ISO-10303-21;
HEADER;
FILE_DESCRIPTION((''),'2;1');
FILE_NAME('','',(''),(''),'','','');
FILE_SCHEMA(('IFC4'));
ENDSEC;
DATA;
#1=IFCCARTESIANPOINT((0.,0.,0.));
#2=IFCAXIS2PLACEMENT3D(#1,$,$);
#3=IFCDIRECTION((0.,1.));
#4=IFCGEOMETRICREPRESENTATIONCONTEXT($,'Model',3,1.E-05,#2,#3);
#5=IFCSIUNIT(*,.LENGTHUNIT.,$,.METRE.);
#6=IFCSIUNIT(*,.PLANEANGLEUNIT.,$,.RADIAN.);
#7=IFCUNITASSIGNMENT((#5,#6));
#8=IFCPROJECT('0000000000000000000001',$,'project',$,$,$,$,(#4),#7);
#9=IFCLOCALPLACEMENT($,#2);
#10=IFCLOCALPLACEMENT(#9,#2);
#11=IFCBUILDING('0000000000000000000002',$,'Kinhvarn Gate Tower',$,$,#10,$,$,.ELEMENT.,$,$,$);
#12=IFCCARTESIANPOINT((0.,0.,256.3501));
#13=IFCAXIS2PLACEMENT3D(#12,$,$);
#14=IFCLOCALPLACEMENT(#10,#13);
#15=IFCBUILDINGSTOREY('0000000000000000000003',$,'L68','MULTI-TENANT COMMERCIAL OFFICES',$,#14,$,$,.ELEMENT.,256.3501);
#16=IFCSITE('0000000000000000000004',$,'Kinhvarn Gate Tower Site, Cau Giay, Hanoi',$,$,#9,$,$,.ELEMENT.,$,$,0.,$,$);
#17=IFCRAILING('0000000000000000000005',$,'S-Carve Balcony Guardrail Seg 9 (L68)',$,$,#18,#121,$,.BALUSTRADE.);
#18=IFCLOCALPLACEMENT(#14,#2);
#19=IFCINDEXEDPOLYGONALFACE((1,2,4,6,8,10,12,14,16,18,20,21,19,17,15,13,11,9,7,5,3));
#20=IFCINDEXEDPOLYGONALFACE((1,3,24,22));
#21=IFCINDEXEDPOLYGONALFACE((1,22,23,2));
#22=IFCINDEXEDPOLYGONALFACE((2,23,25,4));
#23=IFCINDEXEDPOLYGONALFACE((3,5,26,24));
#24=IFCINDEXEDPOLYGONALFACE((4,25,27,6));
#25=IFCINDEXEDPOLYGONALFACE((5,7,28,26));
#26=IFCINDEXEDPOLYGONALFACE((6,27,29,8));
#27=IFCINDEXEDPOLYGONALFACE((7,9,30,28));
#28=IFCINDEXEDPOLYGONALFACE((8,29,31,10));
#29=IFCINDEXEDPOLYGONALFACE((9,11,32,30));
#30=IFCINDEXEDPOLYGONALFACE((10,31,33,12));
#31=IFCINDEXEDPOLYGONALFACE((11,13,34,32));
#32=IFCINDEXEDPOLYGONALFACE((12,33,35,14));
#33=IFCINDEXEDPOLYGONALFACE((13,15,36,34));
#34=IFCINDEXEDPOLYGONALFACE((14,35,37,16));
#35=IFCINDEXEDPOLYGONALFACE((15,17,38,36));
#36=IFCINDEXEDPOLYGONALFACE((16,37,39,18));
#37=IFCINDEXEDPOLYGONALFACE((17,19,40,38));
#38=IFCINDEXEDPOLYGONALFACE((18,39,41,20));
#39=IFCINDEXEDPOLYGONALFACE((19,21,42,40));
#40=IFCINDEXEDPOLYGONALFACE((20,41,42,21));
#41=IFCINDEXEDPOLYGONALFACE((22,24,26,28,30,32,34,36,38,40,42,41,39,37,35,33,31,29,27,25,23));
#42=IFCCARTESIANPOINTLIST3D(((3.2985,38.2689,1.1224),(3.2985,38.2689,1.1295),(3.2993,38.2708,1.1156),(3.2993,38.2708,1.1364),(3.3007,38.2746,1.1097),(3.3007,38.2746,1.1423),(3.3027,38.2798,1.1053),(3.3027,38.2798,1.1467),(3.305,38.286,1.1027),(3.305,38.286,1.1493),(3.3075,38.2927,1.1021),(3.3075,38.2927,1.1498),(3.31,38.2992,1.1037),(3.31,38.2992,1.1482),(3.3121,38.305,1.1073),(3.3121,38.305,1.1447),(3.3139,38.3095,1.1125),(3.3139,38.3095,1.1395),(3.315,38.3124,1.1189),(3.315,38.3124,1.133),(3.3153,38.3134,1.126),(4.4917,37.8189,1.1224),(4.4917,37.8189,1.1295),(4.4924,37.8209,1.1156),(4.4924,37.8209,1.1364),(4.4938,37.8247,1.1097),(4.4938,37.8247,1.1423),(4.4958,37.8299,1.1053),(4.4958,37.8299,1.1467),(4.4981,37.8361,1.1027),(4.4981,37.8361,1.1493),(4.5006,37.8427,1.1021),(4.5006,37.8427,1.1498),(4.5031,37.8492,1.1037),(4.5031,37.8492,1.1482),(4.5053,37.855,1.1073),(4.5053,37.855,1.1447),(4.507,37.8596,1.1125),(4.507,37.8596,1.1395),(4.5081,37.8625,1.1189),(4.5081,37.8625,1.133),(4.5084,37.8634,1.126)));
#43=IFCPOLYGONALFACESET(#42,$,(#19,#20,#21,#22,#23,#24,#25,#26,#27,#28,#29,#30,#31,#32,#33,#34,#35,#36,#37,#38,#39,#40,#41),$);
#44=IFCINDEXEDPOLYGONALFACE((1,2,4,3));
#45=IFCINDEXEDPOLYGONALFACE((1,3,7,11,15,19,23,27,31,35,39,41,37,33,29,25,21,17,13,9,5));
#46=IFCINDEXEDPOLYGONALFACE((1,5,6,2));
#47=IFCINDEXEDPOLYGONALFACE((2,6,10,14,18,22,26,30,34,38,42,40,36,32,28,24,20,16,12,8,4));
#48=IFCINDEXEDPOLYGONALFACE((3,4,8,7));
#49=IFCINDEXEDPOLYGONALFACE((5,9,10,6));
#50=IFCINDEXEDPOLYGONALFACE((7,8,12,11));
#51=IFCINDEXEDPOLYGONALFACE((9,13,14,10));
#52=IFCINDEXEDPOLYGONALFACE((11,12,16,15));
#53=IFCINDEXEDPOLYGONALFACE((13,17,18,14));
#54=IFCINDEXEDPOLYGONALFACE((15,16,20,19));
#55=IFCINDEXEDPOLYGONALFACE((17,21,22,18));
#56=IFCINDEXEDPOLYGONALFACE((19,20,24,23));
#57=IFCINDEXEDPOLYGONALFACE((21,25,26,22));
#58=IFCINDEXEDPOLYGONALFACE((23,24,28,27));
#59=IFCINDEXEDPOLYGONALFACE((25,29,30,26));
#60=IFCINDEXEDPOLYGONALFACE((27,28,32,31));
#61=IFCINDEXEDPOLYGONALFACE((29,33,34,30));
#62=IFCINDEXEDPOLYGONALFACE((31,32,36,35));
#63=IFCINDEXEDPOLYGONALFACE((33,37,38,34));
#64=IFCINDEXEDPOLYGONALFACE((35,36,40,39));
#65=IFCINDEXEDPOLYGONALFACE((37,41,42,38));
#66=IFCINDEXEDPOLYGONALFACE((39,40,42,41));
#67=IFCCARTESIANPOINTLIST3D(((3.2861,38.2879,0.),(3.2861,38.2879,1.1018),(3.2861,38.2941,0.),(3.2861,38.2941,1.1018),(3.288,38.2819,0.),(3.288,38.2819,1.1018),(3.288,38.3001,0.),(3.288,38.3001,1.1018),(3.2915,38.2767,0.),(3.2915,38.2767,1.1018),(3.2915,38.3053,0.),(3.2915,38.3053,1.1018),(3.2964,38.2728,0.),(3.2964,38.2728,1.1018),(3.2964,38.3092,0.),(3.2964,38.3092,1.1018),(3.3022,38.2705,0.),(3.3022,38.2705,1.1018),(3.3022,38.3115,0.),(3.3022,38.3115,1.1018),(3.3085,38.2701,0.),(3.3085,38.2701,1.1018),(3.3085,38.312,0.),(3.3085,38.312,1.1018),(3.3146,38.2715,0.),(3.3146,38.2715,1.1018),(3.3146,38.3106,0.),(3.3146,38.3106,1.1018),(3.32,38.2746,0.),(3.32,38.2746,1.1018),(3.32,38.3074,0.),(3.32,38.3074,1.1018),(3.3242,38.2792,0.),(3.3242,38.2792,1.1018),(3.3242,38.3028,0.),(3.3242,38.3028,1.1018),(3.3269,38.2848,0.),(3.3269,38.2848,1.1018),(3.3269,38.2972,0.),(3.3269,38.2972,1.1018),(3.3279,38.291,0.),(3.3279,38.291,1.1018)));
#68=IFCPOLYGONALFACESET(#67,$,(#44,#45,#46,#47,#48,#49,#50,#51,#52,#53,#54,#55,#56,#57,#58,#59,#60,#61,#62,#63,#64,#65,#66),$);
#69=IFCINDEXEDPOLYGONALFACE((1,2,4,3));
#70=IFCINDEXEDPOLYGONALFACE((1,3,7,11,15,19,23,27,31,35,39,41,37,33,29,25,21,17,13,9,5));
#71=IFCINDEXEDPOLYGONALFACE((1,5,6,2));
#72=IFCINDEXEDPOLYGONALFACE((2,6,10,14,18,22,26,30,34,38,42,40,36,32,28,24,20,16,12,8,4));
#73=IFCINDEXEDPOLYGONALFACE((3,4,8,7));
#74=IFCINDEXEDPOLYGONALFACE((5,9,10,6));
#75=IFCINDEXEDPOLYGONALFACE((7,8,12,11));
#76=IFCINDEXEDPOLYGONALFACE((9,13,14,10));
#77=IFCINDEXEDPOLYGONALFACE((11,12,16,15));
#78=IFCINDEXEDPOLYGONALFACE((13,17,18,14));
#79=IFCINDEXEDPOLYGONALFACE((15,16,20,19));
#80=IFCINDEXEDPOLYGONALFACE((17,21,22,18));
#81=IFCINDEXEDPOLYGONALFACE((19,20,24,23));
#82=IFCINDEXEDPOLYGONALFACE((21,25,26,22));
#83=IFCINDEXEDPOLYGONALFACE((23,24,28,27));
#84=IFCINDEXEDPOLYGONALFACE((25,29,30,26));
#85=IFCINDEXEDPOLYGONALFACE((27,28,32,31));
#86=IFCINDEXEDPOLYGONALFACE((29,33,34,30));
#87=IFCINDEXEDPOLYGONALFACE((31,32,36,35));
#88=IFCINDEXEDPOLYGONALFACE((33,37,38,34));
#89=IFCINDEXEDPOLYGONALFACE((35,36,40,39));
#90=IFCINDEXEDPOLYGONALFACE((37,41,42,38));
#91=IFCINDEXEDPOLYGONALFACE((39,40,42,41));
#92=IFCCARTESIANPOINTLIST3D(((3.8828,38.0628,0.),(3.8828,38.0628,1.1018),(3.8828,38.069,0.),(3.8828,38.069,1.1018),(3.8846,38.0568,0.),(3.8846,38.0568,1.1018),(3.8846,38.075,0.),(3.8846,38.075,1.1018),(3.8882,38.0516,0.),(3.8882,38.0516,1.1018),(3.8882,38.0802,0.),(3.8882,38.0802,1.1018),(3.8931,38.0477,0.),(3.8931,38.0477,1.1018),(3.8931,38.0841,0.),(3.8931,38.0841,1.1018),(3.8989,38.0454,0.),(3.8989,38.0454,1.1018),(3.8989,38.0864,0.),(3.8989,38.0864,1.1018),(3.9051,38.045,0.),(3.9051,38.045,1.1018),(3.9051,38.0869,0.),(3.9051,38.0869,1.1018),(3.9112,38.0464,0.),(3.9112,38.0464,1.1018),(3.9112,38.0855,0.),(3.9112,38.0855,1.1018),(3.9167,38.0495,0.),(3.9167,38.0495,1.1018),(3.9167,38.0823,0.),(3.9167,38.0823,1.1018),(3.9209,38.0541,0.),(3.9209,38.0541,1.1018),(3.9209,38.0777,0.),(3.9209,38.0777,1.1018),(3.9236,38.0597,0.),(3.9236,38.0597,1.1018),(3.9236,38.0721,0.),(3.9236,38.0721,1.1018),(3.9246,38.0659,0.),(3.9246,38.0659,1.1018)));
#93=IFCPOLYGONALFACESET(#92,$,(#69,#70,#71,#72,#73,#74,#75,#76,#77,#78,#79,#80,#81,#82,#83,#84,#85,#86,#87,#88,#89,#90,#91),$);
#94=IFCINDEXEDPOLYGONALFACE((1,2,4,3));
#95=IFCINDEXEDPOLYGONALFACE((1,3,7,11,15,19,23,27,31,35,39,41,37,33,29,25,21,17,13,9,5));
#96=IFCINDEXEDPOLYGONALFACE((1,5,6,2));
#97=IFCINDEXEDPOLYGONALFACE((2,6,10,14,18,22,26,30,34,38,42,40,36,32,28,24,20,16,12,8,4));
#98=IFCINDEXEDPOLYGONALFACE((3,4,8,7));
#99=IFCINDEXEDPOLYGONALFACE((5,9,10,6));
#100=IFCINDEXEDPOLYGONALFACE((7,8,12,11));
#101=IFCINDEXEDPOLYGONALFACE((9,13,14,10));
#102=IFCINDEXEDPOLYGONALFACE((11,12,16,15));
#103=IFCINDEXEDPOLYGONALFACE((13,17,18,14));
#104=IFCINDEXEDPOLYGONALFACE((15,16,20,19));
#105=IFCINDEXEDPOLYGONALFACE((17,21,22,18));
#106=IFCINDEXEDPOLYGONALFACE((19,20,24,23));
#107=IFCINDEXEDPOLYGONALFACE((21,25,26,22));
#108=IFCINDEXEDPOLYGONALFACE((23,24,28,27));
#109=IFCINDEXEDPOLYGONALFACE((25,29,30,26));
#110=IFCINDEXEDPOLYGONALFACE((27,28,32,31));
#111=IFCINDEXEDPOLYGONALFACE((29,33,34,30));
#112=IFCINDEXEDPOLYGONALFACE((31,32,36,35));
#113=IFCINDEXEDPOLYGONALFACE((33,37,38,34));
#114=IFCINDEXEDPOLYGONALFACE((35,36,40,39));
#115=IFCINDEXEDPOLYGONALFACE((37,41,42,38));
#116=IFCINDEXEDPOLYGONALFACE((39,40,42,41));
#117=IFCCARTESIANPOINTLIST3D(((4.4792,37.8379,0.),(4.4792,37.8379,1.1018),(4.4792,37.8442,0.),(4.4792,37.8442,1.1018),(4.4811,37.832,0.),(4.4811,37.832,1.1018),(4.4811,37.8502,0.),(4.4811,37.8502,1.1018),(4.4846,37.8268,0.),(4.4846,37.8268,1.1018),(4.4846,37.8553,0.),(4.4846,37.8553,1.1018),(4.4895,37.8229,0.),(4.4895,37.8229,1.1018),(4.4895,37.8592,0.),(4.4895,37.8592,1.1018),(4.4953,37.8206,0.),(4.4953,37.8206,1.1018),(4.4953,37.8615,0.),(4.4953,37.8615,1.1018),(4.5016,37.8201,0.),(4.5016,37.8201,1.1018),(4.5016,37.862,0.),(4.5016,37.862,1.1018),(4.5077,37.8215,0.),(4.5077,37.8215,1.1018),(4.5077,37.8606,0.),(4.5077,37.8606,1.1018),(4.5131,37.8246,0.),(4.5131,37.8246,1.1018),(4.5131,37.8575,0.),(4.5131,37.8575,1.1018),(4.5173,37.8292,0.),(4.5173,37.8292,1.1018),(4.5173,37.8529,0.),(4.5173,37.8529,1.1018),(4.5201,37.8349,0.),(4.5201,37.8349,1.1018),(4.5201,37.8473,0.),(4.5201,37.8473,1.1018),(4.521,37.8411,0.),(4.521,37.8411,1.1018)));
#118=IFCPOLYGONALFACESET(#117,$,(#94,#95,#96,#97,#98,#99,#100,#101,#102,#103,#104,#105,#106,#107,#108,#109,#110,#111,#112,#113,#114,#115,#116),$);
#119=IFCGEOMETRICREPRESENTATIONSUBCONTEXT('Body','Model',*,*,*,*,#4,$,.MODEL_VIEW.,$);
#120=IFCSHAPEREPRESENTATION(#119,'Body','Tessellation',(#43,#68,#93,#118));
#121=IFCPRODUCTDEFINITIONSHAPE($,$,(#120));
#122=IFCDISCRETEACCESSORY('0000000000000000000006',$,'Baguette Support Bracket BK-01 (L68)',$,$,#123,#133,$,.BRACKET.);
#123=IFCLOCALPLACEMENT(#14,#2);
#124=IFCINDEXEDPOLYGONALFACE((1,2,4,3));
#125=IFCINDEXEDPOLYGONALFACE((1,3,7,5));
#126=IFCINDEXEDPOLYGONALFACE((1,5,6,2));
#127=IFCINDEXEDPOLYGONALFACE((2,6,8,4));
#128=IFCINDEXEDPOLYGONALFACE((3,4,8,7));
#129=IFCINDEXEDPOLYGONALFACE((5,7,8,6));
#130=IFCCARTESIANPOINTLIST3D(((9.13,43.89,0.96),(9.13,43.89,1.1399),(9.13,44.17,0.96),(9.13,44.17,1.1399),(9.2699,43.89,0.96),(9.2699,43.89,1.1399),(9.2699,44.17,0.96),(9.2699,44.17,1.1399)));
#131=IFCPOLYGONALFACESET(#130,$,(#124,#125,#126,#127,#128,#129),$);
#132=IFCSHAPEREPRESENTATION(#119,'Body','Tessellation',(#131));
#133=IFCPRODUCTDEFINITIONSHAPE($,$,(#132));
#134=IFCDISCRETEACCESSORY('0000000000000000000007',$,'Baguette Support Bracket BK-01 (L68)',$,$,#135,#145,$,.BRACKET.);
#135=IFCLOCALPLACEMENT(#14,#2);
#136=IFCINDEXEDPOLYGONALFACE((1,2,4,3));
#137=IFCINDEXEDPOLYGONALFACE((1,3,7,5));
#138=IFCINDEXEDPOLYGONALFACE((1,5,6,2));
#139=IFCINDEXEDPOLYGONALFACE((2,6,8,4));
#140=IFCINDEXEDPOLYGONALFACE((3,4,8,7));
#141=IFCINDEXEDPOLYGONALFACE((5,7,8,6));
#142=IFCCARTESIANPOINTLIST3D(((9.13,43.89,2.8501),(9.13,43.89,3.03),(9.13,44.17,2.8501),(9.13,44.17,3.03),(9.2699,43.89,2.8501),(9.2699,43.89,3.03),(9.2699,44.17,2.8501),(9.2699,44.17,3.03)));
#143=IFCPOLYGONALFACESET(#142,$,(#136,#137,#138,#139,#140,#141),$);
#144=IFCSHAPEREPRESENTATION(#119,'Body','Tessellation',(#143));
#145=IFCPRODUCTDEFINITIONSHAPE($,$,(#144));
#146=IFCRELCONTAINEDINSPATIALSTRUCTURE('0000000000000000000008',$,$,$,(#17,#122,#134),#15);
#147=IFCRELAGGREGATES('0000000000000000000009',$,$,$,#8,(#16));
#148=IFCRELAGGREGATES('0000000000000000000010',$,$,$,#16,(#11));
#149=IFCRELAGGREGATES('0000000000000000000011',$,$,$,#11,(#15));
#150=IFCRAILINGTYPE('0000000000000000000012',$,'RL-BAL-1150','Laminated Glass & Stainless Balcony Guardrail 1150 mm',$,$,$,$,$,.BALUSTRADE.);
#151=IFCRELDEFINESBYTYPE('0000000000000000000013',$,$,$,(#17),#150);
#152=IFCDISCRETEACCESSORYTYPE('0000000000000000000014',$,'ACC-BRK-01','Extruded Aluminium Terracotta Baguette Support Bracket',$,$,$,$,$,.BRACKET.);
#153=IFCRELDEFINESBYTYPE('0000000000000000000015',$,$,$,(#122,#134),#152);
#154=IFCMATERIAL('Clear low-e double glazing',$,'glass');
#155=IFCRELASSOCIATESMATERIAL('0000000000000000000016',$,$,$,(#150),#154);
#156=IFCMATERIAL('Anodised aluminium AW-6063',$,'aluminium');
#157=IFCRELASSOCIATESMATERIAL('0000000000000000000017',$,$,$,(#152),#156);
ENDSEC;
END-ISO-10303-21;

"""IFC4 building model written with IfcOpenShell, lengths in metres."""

from ifc_helpers import new_model, si_unit, direction, frame, origin, origin_2d, place, context, subcontext, project, spatial, rectangle, circle, extrude, material, type_object, element, save


model = new_model("IFC4")

# Units and contexts
model_context = context("Model", 3, precision=1e-05, world=origin(), true_north=direction((0.0, 1.0)))
body_context = subcontext(model_context, "Body", "Model", "MODEL_VIEW")
ifc_project = project(units=[si_unit("LENGTHUNIT", "METRE"), si_unit("PLANEANGLEUNIT", "RADIAN")], contexts=[model_context])

# Site, building, storey
site_placement = place(None, origin())
site = spatial("IfcSite", under=ifc_project, at=site_placement, Name="Kinhvarn Gate Tower Site, Cau Giay, Hanoi", CompositionType="ELEMENT", RefElevation=0.0)
building_placement = place(site_placement, origin())
building = spatial("IfcBuilding", under=site, at=building_placement, Name="Kinhvarn Gate Tower", CompositionType="ELEMENT")
storey_placement = place(building_placement, frame((0.0, 0.0, 256.3501)))
storey = spatial("IfcBuildingStorey", under=building, at=storey_placement, Name="L68", Description="MULTI-TENANT COMMERCIAL OFFICES", CompositionType="ELEMENT", Elevation=256.3501)

# Shared definitions
ifc_material_1 = material(Name="Anodised aluminium AW-6063", Category="aluminium")

# Shared definitions
ifc_material_2 = material(Name="Clear low-e double glazing", Category="glass")

# Railing
railing_type = type_object("IfcRailingType", Name="RL-BAL-1150", Description="Laminated Glass & Stainless Balcony Guardrail 1150 mm", PredefinedType="BALUSTRADE", material=ifc_material_2)
railing_1_placement = place(storey_placement, frame((3.3069, 38.291, 0.0)))
element("IfcRailing", 1, at=railing_1_placement, inside=storey, type_object=railing_type, Name="S-Carve Balcony Guardrail Seg 9 (L68)", PredefinedType="BALUSTRADE", context=body_context, shape_type="SweptSolid", body=[
    extrude(circle(Radius=0.0239, at=origin_2d()), frame((0.0, 0.0, 1.126), z_axis=(0.935674, -0.352864, 0.0), x_axis=(0.352864, 0.935674, 0.0)), (0.0, 0.0, 1.0), 1.2751),
    extrude(circle(Radius=0.021, at=origin_2d()), origin(), (0.0, 0.0, 1.0), 1.1018),
    extrude(circle(Radius=0.021, at=origin_2d()), frame((0.5967, -0.2251, 0.0)), (0.0, 0.0, 1.0), 1.1018),
    extrude(circle(Radius=0.021, at=origin_2d()), frame((1.1931, -0.45, 0.0)), (0.0, 0.0, 1.0), 1.1018),
])

# Discrete accessories
discrete_accessory_type = type_object("IfcDiscreteAccessoryType", Name="ACC-BRK-01", Description="Extruded Aluminium Terracotta Baguette Support Bracket", PredefinedType="BRACKET", material=ifc_material_1)
for number, where, z_axis, x_axis, name in (
    (2, (9.2, 44.03, 0.96), (0.0, 0.0, 1.0), (-1.0, 0.0, 0.0), "Baguette Support Bracket BK-01 (L68)"),
    (3, (9.2, 44.03, 2.8501), (0.0, 0.0, 1.0), (-1.0, 0.0, 0.0), "Baguette Support Bracket BK-01 (L68)"),
):
    element("IfcDiscreteAccessory", number, at=place(storey_placement, frame(where, z_axis=z_axis, x_axis=x_axis)), inside=storey, type_object=discrete_accessory_type, Name=name, PredefinedType="BRACKET", context=body_context, shape_type="SweptSolid", body=[
        extrude(rectangle(XDim=0.1399, YDim=0.28, at=origin_2d()), origin(), (0.0, 0.0, 1.0), 0.1799),
    ])

save(model, "model.ifc")
